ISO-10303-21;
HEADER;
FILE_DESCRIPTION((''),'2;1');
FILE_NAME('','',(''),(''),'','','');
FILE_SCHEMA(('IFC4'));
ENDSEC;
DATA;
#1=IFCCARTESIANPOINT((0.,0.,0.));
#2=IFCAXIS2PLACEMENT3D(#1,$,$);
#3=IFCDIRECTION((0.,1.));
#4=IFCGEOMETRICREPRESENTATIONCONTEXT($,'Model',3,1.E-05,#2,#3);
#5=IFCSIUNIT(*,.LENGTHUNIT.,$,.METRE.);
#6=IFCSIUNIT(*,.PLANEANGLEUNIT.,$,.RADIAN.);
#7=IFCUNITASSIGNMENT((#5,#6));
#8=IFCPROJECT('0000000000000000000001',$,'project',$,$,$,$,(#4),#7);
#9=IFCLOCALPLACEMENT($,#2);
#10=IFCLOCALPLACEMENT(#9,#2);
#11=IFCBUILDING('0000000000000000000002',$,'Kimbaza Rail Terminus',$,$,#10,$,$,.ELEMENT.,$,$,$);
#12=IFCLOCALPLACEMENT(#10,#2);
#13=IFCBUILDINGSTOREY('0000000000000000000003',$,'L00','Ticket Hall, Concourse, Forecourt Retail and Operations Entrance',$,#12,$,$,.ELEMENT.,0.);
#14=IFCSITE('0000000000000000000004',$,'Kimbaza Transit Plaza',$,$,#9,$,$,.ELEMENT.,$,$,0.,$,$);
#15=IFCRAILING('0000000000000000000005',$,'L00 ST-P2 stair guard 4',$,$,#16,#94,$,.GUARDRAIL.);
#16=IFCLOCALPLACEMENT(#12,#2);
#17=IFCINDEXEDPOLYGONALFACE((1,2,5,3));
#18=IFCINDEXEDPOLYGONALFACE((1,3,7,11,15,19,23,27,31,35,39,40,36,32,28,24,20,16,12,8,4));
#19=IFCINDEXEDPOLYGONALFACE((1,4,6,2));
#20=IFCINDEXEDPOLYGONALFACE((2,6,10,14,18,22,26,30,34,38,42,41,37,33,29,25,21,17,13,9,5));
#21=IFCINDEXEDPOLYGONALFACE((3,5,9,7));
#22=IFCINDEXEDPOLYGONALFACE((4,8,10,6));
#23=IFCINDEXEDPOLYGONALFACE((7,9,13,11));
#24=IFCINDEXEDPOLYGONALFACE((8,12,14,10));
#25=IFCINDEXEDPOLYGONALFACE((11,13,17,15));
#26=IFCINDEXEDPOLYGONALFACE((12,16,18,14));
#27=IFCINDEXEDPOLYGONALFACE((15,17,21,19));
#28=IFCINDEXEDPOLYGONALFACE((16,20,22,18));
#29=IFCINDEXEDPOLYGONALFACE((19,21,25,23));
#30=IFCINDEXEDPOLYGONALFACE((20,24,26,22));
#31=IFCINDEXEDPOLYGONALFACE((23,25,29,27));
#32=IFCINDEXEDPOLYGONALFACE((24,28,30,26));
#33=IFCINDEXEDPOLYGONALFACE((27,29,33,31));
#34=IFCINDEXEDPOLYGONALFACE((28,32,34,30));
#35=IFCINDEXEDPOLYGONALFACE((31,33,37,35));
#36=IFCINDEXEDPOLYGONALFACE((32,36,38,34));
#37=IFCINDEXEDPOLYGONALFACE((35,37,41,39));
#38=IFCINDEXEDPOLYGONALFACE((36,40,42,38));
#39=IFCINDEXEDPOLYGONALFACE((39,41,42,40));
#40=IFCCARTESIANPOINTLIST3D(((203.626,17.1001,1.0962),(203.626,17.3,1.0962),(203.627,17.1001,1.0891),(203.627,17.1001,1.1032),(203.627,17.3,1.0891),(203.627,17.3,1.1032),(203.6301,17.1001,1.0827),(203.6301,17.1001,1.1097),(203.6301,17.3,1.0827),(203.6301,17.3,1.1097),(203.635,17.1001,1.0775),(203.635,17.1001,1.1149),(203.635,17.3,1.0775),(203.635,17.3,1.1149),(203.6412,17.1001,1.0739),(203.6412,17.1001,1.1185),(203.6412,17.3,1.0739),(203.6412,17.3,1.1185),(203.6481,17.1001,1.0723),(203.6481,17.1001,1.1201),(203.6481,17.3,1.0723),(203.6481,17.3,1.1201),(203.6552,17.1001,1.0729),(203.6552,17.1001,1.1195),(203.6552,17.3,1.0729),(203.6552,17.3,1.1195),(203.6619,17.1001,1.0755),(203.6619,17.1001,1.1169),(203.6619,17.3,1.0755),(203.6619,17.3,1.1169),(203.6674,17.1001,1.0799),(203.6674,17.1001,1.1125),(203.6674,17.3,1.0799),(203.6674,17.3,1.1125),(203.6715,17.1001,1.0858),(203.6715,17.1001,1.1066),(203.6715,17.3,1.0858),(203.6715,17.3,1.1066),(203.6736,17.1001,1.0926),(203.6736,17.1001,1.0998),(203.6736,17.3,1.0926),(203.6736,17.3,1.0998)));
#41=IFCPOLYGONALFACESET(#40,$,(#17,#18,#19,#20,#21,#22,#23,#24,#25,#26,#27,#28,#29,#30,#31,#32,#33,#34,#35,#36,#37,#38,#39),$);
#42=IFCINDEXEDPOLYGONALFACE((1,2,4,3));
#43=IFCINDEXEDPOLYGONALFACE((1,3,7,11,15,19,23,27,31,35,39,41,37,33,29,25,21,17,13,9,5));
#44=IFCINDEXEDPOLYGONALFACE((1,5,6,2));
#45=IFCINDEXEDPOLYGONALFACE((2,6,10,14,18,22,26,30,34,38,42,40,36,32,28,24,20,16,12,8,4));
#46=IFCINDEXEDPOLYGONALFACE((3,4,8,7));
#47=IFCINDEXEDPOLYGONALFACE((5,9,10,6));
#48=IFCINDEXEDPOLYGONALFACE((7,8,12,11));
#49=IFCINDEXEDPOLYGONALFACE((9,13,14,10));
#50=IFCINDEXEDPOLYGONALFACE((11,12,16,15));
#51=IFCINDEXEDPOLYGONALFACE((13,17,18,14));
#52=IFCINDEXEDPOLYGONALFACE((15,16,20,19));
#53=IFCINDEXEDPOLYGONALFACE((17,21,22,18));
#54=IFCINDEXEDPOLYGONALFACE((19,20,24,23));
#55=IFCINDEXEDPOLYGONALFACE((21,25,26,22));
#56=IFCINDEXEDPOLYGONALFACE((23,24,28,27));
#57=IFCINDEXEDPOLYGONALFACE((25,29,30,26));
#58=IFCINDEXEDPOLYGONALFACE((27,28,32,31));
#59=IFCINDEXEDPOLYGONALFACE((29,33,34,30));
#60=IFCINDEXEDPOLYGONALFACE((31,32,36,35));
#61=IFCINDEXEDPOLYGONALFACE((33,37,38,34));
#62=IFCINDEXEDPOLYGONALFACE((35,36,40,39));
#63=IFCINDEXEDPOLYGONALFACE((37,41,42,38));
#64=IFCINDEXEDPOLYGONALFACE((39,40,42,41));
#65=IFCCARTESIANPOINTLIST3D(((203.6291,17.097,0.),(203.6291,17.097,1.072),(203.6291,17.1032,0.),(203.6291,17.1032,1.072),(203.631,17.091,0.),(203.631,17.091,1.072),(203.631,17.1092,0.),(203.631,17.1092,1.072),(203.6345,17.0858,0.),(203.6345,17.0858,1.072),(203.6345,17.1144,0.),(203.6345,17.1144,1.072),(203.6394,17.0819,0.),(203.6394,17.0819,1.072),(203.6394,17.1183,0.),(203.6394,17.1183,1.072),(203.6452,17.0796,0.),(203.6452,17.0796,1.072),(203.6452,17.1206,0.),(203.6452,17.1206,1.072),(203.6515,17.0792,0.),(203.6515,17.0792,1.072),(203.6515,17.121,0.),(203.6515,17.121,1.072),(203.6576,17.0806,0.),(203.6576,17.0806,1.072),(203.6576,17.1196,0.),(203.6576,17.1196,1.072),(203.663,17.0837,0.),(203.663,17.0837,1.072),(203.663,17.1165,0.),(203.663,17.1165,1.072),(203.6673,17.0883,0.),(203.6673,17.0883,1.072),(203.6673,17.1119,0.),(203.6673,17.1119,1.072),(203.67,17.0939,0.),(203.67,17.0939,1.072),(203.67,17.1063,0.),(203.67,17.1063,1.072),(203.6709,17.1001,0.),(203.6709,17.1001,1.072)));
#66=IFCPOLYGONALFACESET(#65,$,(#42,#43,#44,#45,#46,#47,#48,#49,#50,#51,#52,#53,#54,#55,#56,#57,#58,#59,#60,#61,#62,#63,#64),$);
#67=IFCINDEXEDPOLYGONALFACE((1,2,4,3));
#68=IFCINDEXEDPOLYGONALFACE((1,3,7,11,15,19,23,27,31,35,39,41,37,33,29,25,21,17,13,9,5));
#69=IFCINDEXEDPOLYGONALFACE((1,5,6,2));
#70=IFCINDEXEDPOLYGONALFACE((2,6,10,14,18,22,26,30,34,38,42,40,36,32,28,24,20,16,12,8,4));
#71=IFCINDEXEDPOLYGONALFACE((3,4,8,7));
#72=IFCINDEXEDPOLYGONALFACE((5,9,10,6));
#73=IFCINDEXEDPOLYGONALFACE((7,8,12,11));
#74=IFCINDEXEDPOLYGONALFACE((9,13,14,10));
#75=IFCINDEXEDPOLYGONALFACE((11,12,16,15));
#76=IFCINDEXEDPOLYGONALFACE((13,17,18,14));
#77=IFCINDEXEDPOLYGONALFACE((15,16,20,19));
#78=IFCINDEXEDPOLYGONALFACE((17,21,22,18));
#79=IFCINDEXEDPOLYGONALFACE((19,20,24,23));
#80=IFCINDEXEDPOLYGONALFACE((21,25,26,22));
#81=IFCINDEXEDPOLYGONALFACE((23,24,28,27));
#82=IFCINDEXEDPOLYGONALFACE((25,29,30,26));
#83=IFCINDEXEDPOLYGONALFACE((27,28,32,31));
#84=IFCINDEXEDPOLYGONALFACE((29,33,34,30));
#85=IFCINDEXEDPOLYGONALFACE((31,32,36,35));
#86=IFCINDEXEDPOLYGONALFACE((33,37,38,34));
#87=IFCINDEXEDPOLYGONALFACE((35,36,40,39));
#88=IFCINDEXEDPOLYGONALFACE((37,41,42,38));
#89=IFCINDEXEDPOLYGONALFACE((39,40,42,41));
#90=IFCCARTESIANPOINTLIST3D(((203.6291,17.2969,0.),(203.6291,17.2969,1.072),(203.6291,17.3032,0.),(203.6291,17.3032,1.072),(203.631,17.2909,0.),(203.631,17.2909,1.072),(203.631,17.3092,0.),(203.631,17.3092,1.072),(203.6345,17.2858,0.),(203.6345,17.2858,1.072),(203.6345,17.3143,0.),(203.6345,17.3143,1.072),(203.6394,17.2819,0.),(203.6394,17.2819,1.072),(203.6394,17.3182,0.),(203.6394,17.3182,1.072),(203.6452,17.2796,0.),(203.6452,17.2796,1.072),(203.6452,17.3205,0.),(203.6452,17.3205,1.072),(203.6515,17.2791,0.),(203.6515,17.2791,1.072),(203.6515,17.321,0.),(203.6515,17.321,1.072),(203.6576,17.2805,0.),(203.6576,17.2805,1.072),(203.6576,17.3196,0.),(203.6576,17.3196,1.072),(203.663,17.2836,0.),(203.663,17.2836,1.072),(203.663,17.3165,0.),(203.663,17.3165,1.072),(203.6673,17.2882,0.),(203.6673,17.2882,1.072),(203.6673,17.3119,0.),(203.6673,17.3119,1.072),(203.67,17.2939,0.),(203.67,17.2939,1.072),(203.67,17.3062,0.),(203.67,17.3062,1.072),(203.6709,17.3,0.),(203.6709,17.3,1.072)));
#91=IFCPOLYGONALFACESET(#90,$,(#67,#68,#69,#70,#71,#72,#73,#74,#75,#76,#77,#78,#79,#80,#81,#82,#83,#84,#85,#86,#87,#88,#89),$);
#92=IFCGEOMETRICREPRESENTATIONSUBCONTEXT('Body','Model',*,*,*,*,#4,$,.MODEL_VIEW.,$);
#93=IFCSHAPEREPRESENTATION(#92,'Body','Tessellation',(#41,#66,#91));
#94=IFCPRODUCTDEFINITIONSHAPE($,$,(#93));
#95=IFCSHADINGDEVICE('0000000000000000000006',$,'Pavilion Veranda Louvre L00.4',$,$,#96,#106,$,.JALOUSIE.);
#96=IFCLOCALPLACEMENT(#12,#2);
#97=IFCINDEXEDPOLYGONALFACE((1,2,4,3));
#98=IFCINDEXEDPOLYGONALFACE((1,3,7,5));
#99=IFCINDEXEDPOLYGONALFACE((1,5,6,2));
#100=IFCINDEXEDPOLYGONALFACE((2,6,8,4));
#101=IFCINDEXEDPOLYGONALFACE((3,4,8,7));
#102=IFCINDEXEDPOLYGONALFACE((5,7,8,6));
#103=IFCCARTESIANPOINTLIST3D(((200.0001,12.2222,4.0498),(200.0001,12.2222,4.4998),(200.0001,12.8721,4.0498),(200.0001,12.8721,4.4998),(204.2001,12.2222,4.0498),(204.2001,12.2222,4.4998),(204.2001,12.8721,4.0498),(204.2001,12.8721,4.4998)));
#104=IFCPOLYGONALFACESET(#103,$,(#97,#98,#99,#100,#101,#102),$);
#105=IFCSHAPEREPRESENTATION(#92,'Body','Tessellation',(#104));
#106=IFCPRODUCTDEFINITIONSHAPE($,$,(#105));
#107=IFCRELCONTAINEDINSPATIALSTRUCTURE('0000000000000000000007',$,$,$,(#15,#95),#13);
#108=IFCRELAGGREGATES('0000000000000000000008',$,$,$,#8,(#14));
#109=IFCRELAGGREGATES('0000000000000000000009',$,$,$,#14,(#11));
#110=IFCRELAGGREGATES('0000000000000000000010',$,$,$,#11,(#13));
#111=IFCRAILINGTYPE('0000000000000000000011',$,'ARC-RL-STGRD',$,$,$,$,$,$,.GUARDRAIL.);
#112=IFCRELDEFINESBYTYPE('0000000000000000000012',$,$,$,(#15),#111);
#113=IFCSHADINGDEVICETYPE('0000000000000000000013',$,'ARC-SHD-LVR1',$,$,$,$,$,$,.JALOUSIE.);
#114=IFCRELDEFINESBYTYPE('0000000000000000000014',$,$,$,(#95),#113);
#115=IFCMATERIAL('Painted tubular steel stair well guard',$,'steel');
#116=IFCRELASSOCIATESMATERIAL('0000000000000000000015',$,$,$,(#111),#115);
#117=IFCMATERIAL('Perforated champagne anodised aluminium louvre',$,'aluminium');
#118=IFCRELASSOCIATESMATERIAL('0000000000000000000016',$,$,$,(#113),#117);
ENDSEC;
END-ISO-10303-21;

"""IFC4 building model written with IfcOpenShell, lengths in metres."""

from ifc_helpers import new_model, si_unit, direction, frame, origin, origin_2d, place, context, subcontext, project, spatial, rectangle, circle, extrude, material, type_object, element, save


model = new_model("IFC4")

# Units and contexts
model_context = context("Model", 3, precision=1e-05, world=origin(), true_north=direction((0.0, 1.0)))
body_context = subcontext(model_context, "Body", "Model", "MODEL_VIEW")
ifc_project = project(units=[si_unit("LENGTHUNIT", "METRE"), si_unit("PLANEANGLEUNIT", "RADIAN")], contexts=[model_context])

# Site, building, storey
site_placement = place(None, origin())
site = spatial("IfcSite", under=ifc_project, at=site_placement, Name="Kimbaza Transit Plaza", CompositionType="ELEMENT", RefElevation=0.0)
building_placement = place(site_placement, origin())
building = spatial("IfcBuilding", under=site, at=building_placement, Name="Kimbaza Rail Terminus", CompositionType="ELEMENT")
storey_placement = place(building_placement, origin())
storey = spatial("IfcBuildingStorey", under=building, at=storey_placement, Name="L00", Description="Ticket Hall, Concourse, Forecourt Retail and Operations Entrance", CompositionType="ELEMENT", Elevation=0.0)

# Railing
ifc_material_1 = material(Name="Painted tubular steel stair well guard", Category="steel")
railing_type_1 = type_object("IfcRailingType", Name="ARC-RL-STGRD", PredefinedType="GUARDRAIL", material=ifc_material_1)
railing_1_placement = place(storey_placement, frame((203.6499, 17.1001, 0.0)))
element("IfcRailing", 1, at=railing_1_placement, inside=storey, type_object=railing_type_1, Name="L00 ST-P2 stair guard 4", PredefinedType="GUARDRAIL", context=body_context, shape_type="SweptSolid", body=[
    extrude(circle(Radius=0.0239, at=origin_2d()), frame((0.0, 0.0, 1.0962), z_axis=(0.0, 1.0, 0.0), x_axis=(-1.0, 0.0, 0.0)), (0.0, 0.0, 1.0), 0.2),
    extrude(circle(Radius=0.021, at=origin_2d()), origin(), (0.0, 0.0, 1.0), 1.072),
    extrude(circle(Radius=0.021, at=origin_2d()), frame((0.0, 0.2, 0.0)), (0.0, 0.0, 1.0), 1.072),
])

# Shading device
ifc_material_2 = material(Name="Perforated champagne anodised aluminium louvre", Category="aluminium")
shading_device_type = type_object("IfcShadingDeviceType", Name="ARC-SHD-LVR1", PredefinedType="JALOUSIE", material=ifc_material_2)
shading_device_placement = place(storey_placement, frame((202.1001, 12.5471, 4.0498), z_axis=(0.0, 0.0, 1.0), x_axis=(1.0, 0.0, 0.0)))
element("IfcShadingDevice", 2, at=shading_device_placement, inside=storey, type_object=shading_device_type, Name="Pavilion Veranda Louvre L00.4", PredefinedType="JALOUSIE", context=body_context, shape_type="SweptSolid", body=[
    extrude(rectangle(XDim=4.2, YDim=0.6499, at=origin_2d()), origin(), (0.0, 0.0, 1.0), 0.45),
])

save(model, "model.ifc")
